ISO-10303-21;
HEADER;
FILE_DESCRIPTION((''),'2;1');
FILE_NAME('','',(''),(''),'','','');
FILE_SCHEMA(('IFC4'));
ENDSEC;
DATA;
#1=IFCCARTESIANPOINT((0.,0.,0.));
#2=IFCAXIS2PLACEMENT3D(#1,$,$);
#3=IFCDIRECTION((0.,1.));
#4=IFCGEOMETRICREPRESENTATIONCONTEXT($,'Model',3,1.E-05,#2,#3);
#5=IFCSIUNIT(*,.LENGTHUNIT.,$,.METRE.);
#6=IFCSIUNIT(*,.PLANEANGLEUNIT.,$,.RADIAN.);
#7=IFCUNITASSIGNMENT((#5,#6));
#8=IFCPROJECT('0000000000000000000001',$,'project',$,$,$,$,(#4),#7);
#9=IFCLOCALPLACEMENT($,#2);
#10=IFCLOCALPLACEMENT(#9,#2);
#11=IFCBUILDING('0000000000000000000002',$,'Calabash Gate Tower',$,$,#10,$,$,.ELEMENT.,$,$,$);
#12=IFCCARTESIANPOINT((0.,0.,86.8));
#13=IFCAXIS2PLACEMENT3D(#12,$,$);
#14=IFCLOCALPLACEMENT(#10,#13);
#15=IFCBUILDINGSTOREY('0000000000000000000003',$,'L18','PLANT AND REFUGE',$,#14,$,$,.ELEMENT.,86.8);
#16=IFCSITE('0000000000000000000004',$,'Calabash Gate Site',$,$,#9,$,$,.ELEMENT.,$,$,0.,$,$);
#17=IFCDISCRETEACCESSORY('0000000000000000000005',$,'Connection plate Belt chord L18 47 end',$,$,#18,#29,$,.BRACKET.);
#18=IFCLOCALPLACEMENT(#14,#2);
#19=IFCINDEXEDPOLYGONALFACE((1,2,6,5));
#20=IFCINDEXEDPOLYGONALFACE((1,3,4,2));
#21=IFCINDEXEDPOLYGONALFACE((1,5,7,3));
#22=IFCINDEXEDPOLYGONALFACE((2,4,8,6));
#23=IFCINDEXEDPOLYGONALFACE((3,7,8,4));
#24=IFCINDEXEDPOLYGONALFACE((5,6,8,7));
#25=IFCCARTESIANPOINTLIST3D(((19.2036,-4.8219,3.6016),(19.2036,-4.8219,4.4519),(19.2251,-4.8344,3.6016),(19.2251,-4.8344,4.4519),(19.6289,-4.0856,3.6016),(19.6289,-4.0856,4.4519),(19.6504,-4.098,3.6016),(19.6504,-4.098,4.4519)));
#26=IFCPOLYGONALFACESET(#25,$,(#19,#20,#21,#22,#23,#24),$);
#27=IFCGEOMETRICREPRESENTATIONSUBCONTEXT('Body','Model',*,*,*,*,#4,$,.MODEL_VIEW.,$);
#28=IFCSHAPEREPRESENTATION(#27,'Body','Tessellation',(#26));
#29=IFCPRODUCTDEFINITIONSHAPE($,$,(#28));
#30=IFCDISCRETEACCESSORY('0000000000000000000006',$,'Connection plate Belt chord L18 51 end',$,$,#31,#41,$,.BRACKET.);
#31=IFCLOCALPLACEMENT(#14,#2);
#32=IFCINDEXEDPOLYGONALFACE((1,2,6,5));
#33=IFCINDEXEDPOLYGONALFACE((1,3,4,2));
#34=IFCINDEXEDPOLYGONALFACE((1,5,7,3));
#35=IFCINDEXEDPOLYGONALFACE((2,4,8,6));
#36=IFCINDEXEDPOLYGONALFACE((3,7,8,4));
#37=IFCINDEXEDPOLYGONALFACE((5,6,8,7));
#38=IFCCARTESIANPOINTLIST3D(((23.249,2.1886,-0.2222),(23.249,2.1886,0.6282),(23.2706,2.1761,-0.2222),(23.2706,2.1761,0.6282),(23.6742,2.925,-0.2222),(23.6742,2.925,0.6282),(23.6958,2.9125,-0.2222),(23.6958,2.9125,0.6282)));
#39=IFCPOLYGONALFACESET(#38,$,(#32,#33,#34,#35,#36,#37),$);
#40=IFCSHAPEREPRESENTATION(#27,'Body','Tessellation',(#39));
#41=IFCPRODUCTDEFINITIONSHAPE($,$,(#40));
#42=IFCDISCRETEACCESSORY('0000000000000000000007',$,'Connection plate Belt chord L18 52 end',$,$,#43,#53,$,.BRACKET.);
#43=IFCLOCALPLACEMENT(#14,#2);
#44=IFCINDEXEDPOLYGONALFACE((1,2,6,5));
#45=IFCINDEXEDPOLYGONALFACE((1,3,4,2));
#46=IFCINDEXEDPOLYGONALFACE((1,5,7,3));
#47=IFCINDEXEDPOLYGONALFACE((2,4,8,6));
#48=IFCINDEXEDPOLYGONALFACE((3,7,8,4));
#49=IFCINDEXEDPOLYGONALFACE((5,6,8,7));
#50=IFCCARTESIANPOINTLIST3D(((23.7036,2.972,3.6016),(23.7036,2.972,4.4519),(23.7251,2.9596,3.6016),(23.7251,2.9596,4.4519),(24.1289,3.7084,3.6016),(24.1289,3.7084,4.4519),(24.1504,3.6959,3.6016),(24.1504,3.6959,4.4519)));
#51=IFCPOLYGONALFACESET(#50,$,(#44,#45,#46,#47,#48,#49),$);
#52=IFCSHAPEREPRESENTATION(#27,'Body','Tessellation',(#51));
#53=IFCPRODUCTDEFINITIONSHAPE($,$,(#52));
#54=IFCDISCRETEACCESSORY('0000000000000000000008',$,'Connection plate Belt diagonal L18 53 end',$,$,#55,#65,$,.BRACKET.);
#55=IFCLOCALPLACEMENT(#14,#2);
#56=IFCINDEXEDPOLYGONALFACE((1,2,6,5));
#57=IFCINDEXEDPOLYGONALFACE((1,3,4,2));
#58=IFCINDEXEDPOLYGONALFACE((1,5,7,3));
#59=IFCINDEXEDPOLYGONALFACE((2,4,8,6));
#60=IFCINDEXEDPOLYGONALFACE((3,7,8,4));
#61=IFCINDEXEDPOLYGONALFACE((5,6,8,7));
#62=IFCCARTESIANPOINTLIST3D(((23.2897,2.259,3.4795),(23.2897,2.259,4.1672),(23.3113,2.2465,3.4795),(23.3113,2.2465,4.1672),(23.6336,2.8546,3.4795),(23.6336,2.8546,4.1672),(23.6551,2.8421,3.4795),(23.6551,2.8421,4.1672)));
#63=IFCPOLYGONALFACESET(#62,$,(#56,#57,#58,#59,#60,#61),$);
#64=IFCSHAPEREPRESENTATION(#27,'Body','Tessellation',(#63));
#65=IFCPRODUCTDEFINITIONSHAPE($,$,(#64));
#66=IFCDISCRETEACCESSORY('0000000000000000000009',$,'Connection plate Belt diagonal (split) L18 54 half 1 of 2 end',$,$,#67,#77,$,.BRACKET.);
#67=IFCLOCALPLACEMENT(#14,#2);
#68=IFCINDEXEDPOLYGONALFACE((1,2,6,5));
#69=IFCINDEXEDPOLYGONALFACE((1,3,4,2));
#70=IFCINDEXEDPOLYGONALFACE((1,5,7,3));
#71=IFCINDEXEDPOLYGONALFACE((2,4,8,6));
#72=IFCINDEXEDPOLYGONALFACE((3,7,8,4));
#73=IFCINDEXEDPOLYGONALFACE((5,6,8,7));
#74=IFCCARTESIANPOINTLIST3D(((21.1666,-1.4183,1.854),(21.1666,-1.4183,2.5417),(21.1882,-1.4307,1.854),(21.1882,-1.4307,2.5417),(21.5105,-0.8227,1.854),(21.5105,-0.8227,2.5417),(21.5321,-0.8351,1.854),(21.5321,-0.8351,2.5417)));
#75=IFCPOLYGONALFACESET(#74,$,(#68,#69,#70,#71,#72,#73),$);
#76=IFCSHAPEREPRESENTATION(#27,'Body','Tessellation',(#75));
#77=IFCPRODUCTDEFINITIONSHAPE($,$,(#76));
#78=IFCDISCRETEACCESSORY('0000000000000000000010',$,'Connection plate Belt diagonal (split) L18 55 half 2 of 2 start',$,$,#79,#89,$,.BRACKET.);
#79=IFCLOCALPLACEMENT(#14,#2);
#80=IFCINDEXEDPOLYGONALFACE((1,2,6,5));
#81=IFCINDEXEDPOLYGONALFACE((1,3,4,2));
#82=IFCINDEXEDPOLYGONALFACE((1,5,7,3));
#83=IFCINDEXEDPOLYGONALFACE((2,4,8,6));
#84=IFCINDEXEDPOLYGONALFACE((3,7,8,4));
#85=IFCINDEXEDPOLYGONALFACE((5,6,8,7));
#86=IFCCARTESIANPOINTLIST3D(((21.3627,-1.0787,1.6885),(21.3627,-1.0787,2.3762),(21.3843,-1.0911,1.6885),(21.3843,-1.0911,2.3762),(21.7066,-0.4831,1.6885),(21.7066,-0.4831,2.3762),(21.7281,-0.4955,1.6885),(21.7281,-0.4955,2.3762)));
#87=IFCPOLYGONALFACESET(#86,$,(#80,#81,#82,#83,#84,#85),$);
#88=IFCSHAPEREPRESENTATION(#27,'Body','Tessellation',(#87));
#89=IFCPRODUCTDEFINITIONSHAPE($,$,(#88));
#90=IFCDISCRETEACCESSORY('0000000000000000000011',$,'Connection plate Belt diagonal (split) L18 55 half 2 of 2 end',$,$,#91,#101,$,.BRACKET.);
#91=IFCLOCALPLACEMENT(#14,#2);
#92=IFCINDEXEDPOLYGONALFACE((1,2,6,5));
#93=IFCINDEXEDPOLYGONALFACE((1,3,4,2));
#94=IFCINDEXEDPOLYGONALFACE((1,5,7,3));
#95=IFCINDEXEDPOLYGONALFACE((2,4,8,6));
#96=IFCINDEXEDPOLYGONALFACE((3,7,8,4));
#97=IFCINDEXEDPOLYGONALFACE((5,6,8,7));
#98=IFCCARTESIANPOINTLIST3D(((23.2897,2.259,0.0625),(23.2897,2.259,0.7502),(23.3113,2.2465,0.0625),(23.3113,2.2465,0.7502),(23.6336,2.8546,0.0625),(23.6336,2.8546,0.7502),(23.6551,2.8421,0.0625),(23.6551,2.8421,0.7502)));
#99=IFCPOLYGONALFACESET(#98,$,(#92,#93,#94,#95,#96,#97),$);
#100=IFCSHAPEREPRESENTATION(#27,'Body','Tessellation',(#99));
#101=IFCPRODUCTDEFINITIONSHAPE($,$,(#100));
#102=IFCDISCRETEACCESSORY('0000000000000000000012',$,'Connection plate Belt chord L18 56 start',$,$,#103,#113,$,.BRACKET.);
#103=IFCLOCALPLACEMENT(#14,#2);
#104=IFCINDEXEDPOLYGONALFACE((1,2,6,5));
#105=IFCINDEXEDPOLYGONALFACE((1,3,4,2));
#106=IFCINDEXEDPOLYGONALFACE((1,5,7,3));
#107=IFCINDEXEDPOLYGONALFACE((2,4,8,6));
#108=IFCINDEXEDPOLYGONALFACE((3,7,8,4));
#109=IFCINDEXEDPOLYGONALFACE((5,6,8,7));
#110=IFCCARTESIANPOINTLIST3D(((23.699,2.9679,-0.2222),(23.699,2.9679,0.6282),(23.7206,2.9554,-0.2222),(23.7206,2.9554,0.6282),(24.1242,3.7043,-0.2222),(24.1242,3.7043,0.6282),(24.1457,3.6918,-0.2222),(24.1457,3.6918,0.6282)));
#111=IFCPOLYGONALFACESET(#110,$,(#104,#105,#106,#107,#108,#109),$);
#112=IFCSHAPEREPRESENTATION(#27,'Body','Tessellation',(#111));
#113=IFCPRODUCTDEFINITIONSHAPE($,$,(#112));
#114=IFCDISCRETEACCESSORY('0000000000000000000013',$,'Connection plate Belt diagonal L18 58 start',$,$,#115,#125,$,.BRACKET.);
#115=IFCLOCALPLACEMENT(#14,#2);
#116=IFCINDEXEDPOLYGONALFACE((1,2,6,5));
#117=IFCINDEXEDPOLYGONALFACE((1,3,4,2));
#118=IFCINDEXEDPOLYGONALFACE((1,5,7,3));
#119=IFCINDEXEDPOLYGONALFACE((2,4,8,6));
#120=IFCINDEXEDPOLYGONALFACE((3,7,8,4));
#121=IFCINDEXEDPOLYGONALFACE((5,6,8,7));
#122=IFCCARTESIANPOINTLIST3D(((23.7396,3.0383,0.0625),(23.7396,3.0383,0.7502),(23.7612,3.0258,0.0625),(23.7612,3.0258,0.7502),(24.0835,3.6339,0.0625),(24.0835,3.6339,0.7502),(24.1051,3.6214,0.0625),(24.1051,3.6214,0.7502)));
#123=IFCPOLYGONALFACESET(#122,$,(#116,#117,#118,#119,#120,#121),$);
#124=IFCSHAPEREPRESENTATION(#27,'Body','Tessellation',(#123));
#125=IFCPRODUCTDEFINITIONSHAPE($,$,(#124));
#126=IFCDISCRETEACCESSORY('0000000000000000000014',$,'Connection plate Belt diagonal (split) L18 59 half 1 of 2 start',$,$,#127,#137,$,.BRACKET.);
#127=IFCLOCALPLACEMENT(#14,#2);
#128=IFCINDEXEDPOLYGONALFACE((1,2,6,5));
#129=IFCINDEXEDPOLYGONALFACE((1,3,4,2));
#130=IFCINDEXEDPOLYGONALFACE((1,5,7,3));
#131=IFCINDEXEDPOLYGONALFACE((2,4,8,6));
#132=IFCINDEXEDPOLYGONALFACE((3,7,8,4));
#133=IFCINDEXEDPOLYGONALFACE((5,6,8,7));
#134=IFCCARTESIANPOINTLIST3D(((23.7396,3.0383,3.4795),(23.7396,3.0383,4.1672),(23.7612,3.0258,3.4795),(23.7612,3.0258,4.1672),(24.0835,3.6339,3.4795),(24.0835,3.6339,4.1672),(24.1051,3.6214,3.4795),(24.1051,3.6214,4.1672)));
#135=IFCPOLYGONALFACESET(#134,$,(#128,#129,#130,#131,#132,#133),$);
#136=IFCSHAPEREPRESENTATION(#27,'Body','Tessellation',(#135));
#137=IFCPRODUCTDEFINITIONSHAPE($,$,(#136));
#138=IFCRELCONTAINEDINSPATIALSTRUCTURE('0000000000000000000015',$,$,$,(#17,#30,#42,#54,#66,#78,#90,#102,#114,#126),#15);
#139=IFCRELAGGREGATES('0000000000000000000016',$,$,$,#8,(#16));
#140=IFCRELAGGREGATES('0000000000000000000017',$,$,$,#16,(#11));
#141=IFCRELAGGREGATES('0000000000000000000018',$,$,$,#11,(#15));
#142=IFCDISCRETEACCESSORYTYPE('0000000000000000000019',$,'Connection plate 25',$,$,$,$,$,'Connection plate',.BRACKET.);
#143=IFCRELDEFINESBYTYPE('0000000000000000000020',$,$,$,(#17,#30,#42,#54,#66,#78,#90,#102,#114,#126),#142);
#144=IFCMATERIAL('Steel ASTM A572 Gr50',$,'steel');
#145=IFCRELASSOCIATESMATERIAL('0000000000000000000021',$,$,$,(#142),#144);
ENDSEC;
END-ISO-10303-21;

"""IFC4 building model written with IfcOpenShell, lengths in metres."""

from ifc_helpers import new_model, si_unit, direction, frame, origin, origin_2d, place, context, subcontext, project, spatial, rectangle, extrude, material, type_object, element, save


model = new_model("IFC4")

# Units and contexts
model_context = context("Model", 3, precision=1e-05, world=origin(), true_north=direction((0.0, 1.0)))
body_context = subcontext(model_context, "Body", "Model", "MODEL_VIEW")
ifc_project = project(units=[si_unit("LENGTHUNIT", "METRE"), si_unit("PLANEANGLEUNIT", "RADIAN")], contexts=[model_context])

# Site, building, storey
site_placement = place(None, origin())
site = spatial("IfcSite", under=ifc_project, at=site_placement, Name="Calabash Gate Site", CompositionType="ELEMENT", RefElevation=0.0)
building_placement = place(site_placement, origin())
building = spatial("IfcBuilding", under=site, at=building_placement, Name="Calabash Gate Tower", CompositionType="ELEMENT")
storey_placement = place(building_placement, frame((0.0, 0.0, 86.8)))
storey = spatial("IfcBuildingStorey", under=building, at=storey_placement, Name="L18", Description="PLANT AND REFUGE", CompositionType="ELEMENT", Elevation=86.8)

# Discrete accessories
ifc_material_1 = material(Name="Steel ASTM A572 Gr50", Category="steel")
discrete_accessory_type = type_object("IfcDiscreteAccessoryType", Name="Connection plate 25", ElementType="Connection plate", PredefinedType="BRACKET", material=ifc_material_1)
for number, where, z_axis, x_axis, name in (
    (1, (19.427, -4.46, 3.6016), (0.0, 0.0, 1.0), (0.500165, 0.86593, 0.0), "Connection plate Belt chord L18 47 end"),
    (2, (23.4724, 2.5505, -0.2222), (0.0, 0.0, 1.0), (0.5, 0.866025, 0.0), "Connection plate Belt chord L18 51 end"),
    (3, (23.927, 3.334, 3.6016), (0.0, 0.0, 1.0), (0.500176, 0.865924, 0.0), "Connection plate Belt chord L18 52 end"),
):
    element("IfcDiscreteAccessory", number, at=place(storey_placement, frame(where, z_axis=z_axis, x_axis=x_axis)), inside=storey, type_object=discrete_accessory_type, Name=name, PredefinedType="BRACKET", context=body_context, shape_type="SweptSolid", body=[
        extrude(rectangle(XDim=0.8503, YDim=0.0249, at=origin_2d()), origin(), (0.0, 0.0, 1.0), 0.8503),
    ])
for number, where, z_axis, x_axis, name in (
    (4, (23.4724, 2.5505, 3.4795), (0.0, 0.0, 1.0), (0.5, 0.866025, 0.0), "Connection plate Belt diagonal L18 53 end"),
    (5, (21.3494, -1.1267, 1.854), (0.0, 0.0, 1.0), (0.5, 0.866025, 0.0), "Connection plate Belt diagonal (split) L18 54 half 1 of 2 end"),
    (6, (21.5454, -0.7871, 1.6885), (0.0, 0.0, 1.0), (0.5, 0.866025, 0.0), "Connection plate Belt diagonal (split) L18 55 half 2 of 2 start"),
    (7, (23.4724, 2.5505, 0.0625), (0.0, 0.0, 1.0), (0.5, 0.866025, 0.0), "Connection plate Belt diagonal (split) L18 55 half 2 of 2 end"),
):
    element("IfcDiscreteAccessory", number, at=place(storey_placement, frame(where, z_axis=z_axis, x_axis=x_axis)), inside=storey, type_object=discrete_accessory_type, Name=name, PredefinedType="BRACKET", context=body_context, shape_type="SweptSolid", body=[
        extrude(rectangle(XDim=0.6877, YDim=0.0249, at=origin_2d()), origin(), (0.0, 0.0, 1.0), 0.6877),
    ])
discrete_accessory_placement = place(storey_placement, frame((23.9224, 3.3298, -0.2222), z_axis=(0.0, 0.0, 1.0), x_axis=(0.5, 0.866025, 0.0)))
element("IfcDiscreteAccessory", 8, at=discrete_accessory_placement, inside=storey, type_object=discrete_accessory_type, Name="Connection plate Belt chord L18 56 start", PredefinedType="BRACKET", context=body_context, shape_type="SweptSolid", body=[
    extrude(rectangle(XDim=0.8503, YDim=0.0249, at=origin_2d()), origin(), (0.0, 0.0, 1.0), 0.8503),
])
for number, where, z_axis, x_axis, name in (
    (9, (23.9224, 3.3298, 0.0625), (0.0, 0.0, 1.0), (0.5, 0.866025, 0.0), "Connection plate Belt diagonal L18 58 start"),
    (10, (23.9224, 3.3298, 3.4795), (0.0, 0.0, 1.0), (0.5, 0.866025, 0.0), "Connection plate Belt diagonal (split) L18 59 half 1 of 2 start"),
):
    element("IfcDiscreteAccessory", number, at=place(storey_placement, frame(where, z_axis=z_axis, x_axis=x_axis)), inside=storey, type_object=discrete_accessory_type, Name=name, PredefinedType="BRACKET", context=body_context, shape_type="SweptSolid", body=[
        extrude(rectangle(XDim=0.6877, YDim=0.0249, at=origin_2d()), origin(), (0.0, 0.0, 1.0), 0.6877),
    ])

save(model, "model.ifc")
